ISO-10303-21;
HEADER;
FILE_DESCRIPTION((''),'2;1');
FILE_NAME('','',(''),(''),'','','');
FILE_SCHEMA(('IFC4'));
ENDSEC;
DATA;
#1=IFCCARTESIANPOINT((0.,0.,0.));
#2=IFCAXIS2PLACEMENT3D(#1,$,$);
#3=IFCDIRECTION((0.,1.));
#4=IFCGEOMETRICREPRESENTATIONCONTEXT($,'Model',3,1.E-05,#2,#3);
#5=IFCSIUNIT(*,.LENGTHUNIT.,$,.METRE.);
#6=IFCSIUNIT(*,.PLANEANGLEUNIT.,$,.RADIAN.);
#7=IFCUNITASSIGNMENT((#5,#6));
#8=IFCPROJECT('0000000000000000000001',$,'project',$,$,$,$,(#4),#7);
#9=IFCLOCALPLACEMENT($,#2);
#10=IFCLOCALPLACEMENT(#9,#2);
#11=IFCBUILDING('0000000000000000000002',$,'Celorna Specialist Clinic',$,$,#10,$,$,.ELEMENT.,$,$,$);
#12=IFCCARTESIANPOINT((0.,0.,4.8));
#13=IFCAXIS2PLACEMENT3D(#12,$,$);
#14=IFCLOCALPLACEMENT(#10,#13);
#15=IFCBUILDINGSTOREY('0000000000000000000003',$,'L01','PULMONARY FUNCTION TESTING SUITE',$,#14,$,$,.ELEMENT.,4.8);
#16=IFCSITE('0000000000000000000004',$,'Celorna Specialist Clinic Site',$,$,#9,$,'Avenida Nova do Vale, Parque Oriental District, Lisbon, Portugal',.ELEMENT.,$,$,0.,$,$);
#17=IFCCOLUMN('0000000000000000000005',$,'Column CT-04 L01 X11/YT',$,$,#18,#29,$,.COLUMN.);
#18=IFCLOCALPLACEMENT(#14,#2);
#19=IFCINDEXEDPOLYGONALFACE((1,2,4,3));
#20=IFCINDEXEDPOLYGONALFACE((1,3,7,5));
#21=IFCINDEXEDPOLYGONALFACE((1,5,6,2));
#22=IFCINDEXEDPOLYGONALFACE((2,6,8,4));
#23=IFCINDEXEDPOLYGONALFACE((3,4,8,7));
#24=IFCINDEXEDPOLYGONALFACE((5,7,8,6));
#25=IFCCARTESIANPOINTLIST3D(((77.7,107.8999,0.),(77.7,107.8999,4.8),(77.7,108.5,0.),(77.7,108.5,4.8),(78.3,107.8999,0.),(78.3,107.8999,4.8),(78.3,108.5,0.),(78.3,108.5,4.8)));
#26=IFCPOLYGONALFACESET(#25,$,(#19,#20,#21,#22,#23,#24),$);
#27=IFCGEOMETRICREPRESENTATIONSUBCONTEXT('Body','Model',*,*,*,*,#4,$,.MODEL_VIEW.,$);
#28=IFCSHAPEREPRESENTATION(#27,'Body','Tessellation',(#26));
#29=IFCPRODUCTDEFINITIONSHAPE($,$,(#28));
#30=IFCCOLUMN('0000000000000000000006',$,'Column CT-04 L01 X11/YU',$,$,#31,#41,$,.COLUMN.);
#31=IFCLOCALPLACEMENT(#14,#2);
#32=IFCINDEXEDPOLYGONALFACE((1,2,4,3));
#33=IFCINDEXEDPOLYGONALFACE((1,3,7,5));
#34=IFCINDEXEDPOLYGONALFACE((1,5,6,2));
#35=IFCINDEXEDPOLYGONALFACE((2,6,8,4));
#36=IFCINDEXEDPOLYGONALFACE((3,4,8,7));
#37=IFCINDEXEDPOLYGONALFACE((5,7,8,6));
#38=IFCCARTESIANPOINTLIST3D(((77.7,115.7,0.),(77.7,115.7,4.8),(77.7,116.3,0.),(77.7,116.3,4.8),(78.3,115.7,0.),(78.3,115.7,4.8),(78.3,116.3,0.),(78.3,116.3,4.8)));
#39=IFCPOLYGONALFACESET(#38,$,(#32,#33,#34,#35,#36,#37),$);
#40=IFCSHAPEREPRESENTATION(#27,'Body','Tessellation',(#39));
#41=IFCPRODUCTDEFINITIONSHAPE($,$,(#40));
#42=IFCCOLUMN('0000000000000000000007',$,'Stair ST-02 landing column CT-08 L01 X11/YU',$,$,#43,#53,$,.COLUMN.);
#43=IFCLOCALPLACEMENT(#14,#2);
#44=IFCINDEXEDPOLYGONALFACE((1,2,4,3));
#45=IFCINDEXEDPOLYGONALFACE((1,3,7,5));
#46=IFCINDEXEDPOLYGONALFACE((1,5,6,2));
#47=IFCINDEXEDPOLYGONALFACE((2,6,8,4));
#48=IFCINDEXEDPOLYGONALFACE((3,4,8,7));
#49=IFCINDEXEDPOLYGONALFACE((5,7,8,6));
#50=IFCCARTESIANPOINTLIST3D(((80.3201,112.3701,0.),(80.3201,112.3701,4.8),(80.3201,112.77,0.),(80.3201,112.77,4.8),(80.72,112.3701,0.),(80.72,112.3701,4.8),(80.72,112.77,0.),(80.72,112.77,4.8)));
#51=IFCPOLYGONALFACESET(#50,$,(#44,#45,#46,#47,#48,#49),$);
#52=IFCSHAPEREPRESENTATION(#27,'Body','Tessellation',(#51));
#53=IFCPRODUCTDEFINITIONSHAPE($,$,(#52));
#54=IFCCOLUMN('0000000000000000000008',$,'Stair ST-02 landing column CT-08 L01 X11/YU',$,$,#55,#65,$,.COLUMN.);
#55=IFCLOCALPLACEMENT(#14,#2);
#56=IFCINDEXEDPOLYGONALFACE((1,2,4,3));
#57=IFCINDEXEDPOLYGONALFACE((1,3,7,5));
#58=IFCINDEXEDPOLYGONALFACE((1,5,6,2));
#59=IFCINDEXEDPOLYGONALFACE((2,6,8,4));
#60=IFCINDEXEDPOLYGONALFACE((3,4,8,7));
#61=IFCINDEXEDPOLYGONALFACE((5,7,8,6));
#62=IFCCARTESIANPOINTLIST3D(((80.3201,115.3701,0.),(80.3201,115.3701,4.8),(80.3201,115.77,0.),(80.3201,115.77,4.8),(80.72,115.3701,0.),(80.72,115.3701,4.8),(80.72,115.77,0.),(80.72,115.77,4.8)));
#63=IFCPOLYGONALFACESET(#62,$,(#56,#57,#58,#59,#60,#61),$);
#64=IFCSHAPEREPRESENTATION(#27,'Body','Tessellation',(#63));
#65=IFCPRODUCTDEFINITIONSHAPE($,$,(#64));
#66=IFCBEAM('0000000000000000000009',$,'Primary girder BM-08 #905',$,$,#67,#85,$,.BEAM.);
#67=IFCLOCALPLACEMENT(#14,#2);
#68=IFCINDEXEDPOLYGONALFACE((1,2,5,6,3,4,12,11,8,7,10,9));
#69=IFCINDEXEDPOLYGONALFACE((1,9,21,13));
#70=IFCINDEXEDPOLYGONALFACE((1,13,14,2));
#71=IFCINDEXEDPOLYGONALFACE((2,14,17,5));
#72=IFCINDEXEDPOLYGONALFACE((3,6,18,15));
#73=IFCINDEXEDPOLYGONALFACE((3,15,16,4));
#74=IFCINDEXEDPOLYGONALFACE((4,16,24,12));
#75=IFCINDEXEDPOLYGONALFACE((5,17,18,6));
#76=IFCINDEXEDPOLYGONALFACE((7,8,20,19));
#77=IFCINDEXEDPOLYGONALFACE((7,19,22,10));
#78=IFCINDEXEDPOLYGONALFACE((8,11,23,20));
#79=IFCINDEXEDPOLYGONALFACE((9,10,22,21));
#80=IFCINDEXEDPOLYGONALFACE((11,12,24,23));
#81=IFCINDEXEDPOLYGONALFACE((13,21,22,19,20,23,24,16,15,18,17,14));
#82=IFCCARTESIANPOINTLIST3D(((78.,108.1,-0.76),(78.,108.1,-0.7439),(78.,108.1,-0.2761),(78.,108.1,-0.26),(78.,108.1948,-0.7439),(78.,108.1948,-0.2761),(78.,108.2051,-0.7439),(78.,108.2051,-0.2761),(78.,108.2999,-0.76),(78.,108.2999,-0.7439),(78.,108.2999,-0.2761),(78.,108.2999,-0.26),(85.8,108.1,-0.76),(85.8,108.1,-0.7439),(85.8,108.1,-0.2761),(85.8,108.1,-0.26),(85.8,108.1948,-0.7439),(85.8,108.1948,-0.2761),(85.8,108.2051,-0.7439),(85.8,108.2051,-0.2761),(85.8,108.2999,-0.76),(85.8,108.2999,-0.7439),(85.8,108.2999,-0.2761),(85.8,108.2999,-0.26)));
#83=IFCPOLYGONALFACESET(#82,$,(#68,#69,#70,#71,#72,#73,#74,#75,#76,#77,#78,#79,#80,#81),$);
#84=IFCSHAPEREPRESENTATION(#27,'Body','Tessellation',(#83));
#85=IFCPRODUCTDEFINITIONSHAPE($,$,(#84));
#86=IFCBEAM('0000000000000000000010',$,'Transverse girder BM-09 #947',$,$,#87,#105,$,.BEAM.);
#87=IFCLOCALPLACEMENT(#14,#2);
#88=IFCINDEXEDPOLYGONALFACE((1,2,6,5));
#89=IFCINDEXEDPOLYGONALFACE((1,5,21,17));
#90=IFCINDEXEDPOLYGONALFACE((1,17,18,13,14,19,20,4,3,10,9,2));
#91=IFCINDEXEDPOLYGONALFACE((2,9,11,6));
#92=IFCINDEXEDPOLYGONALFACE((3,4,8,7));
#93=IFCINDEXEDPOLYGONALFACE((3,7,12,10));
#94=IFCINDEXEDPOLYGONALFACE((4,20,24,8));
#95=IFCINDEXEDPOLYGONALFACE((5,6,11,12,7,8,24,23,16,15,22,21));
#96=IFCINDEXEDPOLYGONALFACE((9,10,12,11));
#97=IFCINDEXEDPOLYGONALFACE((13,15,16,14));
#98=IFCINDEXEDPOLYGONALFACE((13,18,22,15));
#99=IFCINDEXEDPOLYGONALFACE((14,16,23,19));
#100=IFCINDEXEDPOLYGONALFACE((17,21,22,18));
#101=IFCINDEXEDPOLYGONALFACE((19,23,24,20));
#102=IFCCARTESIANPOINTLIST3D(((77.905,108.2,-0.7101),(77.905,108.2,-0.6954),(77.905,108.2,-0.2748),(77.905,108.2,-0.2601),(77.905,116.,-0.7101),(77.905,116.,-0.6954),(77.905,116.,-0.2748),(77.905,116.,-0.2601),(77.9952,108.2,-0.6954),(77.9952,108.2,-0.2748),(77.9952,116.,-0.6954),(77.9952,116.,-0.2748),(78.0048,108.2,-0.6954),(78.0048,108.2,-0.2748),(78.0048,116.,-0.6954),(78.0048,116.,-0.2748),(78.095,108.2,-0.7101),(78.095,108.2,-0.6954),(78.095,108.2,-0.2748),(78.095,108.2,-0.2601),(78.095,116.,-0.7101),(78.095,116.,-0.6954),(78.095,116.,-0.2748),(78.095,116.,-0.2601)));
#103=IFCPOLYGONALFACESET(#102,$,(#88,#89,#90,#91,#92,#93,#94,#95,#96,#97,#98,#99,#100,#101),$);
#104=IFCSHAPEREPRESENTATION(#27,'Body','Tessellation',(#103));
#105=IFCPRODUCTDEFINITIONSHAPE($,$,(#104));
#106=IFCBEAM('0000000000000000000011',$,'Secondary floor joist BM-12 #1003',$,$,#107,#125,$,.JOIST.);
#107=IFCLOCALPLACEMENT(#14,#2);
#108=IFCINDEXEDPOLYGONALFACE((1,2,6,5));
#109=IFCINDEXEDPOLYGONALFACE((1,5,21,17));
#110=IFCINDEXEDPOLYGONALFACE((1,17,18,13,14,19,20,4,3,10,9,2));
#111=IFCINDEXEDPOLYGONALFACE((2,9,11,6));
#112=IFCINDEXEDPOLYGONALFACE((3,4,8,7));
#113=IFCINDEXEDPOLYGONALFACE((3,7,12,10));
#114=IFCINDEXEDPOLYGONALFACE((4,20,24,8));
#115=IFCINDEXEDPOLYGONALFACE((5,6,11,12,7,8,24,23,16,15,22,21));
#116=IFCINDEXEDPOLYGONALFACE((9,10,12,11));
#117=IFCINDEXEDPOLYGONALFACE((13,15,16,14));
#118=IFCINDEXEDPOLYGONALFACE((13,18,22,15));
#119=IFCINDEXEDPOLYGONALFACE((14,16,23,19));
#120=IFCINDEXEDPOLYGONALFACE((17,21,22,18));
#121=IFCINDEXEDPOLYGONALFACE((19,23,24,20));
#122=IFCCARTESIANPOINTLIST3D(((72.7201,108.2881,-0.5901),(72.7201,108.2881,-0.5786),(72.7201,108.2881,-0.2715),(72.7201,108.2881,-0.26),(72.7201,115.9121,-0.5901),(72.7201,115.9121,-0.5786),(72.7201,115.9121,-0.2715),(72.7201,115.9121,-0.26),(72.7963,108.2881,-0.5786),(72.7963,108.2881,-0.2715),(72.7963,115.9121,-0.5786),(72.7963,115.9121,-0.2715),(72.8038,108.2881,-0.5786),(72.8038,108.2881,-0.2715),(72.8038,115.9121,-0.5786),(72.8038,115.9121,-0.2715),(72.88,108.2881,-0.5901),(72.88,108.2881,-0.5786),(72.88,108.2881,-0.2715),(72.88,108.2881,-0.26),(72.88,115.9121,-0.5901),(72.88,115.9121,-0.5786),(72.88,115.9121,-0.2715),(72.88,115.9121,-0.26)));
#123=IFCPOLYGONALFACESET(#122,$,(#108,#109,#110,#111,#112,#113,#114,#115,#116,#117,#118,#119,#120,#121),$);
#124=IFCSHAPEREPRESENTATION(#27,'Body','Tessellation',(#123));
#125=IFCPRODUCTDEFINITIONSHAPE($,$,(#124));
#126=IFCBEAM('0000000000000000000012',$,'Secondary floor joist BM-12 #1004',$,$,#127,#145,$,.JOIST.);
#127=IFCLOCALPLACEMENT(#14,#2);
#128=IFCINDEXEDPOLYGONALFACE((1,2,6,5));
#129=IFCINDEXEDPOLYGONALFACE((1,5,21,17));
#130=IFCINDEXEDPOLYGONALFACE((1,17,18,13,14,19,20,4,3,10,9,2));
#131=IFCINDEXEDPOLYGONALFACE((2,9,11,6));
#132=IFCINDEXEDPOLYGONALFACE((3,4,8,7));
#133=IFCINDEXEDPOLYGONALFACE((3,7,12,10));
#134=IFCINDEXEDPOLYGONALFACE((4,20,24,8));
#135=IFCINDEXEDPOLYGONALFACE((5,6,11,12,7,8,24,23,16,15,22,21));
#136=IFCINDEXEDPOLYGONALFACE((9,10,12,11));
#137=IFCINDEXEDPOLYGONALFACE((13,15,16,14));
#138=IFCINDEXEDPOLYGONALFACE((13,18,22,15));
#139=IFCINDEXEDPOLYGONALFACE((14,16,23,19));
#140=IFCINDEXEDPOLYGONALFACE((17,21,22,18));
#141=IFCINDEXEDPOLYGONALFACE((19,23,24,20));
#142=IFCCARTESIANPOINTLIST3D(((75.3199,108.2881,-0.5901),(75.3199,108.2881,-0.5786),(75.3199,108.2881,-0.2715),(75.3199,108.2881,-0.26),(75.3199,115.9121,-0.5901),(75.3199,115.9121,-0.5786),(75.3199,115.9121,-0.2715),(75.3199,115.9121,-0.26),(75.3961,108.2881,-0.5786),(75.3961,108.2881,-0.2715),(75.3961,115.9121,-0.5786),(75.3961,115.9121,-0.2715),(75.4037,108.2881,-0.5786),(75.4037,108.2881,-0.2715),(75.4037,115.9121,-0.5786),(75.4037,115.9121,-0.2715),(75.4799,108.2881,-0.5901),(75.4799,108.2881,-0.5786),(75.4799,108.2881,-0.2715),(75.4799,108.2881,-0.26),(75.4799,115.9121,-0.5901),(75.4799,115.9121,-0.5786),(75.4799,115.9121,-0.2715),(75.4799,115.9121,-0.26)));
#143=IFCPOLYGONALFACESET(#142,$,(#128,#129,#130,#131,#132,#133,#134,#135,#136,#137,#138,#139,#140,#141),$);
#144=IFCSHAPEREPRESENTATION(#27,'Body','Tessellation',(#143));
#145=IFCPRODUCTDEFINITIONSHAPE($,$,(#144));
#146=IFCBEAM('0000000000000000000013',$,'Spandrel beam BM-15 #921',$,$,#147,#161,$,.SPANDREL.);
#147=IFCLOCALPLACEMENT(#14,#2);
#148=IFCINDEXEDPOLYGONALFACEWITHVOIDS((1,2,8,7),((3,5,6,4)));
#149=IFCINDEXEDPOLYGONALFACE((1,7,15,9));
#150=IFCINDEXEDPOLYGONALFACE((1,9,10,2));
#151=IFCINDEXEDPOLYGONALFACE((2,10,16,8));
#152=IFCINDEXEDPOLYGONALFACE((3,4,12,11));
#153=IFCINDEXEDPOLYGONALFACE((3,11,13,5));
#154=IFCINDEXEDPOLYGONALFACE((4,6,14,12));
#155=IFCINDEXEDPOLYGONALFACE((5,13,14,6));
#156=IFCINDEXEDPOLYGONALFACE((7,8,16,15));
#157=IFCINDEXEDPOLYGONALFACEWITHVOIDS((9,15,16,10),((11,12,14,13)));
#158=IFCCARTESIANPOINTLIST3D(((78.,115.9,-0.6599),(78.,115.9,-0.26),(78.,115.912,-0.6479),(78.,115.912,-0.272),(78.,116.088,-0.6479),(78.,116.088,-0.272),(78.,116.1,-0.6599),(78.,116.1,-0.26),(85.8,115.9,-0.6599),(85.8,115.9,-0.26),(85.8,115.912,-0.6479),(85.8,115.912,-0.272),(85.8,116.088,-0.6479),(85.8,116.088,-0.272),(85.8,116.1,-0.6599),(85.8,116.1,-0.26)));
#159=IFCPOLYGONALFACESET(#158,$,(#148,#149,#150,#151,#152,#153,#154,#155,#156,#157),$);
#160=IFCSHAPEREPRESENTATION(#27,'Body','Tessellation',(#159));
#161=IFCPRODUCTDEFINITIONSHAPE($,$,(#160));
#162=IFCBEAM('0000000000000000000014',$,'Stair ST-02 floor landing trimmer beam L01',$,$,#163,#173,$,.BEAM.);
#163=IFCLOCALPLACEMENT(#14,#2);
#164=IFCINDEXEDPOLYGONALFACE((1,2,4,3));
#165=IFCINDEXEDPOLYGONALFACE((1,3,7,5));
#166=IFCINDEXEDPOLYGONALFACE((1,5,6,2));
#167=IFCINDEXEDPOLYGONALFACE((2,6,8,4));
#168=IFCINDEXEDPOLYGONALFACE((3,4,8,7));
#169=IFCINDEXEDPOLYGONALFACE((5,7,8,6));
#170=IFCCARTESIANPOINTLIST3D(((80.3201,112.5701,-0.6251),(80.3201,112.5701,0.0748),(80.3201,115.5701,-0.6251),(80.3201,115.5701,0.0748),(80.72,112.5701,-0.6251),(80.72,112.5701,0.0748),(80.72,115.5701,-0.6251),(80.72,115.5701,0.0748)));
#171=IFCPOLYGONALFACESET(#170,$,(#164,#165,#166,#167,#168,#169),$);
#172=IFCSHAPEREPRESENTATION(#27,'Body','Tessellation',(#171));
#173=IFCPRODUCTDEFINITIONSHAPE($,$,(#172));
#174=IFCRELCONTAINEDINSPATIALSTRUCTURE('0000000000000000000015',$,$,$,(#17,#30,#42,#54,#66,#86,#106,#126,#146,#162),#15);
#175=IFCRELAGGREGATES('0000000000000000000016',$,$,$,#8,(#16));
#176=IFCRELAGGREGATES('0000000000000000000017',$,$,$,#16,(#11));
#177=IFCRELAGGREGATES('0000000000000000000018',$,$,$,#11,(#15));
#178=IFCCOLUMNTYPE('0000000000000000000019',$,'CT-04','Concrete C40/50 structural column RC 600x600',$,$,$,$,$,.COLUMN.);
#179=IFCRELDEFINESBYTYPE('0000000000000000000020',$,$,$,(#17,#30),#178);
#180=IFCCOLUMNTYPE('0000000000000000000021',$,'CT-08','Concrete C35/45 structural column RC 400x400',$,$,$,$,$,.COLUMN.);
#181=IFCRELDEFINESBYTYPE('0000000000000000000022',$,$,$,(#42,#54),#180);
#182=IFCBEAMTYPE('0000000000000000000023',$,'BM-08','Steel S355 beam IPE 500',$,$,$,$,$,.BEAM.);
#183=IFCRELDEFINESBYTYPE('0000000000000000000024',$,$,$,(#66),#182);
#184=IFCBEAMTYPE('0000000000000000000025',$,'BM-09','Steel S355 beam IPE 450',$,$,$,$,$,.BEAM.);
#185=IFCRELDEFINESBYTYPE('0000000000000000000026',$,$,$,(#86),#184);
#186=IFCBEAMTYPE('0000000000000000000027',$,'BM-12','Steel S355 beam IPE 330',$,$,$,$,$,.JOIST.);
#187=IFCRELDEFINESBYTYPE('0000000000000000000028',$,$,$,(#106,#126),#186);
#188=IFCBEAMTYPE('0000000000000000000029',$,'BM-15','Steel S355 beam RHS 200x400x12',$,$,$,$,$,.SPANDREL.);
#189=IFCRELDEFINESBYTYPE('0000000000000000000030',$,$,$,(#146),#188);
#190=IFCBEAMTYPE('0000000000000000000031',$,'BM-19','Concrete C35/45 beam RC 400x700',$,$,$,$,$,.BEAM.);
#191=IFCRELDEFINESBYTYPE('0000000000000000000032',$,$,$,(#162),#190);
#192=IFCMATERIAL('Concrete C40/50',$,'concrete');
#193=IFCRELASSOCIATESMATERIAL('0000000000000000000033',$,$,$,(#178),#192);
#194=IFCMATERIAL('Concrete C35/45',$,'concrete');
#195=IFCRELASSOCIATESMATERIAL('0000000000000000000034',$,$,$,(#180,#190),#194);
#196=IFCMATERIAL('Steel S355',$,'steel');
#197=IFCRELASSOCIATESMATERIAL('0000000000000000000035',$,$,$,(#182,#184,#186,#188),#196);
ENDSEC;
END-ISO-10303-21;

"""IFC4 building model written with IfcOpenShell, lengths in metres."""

from ifc_helpers import new_model, si_unit, direction, frame, origin, origin_2d, place, context, subcontext, project, spatial, rectangle, hollow_rectangle, i_section, extrude, material, material_profile, profile_set, type_object, element, save


model = new_model("IFC4")

# Units and contexts
model_context = context("Model", 3, precision=1e-05, world=origin(), true_north=direction((0.0, 1.0)))
body_context = subcontext(model_context, "Body", "Model", "MODEL_VIEW")
ifc_project = project(units=[si_unit("LENGTHUNIT", "METRE"), si_unit("PLANEANGLEUNIT", "RADIAN")], contexts=[model_context])

# Site, building, storey
site_placement = place(None, origin())
site = spatial("IfcSite", under=ifc_project, at=site_placement, Name="Celorna Specialist Clinic Site", LongName="Avenida Nova do Vale, Parque Oriental District, Lisbon, Portugal", CompositionType="ELEMENT", RefElevation=0.0)
building_placement = place(site_placement, origin())
building = spatial("IfcBuilding", under=site, at=building_placement, Name="Celorna Specialist Clinic", CompositionType="ELEMENT")
storey_placement = place(building_placement, frame((0.0, 0.0, 4.8)))
storey = spatial("IfcBuildingStorey", under=building, at=storey_placement, Name="L01", Description="PULMONARY FUNCTION TESTING SUITE", CompositionType="ELEMENT", Elevation=4.8)

# Columns
ifc_material_1 = material(Name="Concrete C40/50", Category="concrete")
ifc_material_profile_1 = material_profile(ifc_material_1, rectangle(XDim=0.6001, YDim=0.6001, at=origin_2d()), Name="RC 600x600")
ifc_profile_set_1 = profile_set([ifc_material_profile_1], Name="Concrete C40/50")
column_type_1 = type_object("IfcColumnType", Name="CT-04", Description="Concrete C40/50 structural column RC 600x600", PredefinedType="COLUMN", material=ifc_profile_set_1)
for number, where, z_axis, x_axis, name in (
    (1, (78.0, 108.2, 0.0), (0.0, 0.0, 1.0), (1.0, 0.0, 0.0), "Column CT-04 L01 X11/YT"),
    (2, (78.0, 116.0, 0.0), (0.0, 0.0, 1.0), (1.0, 0.0, 0.0), "Column CT-04 L01 X11/YU"),
):
    element("IfcColumn", number, at=place(storey_placement, frame(where, z_axis=z_axis, x_axis=x_axis)), inside=storey, type_object=column_type_1, Name=name, PredefinedType="COLUMN", context=body_context, shape_type="SweptSolid", body=[
        extrude(rectangle(XDim=0.6001, YDim=0.6001, at=origin_2d()), origin(), (0.0, 0.0, 1.0), 4.8),
    ])
ifc_material_2 = material(Name="Concrete C35/45", Category="concrete")
ifc_material_profile_2 = material_profile(ifc_material_2, rectangle(XDim=0.3999, YDim=0.3999, at=origin_2d()), Name="RC 400x400")
ifc_profile_set_2 = profile_set([ifc_material_profile_2], Name="Concrete C35/45")
column_type_2 = type_object("IfcColumnType", Name="CT-08", Description="Concrete C35/45 structural column RC 400x400", PredefinedType="COLUMN", material=ifc_profile_set_2)
for number, where, z_axis, x_axis, name in (
    (3, (80.52, 112.5701, 0.0), (0.0, 0.0, 1.0), (1.0, 0.0, 0.0), "Stair ST-02 landing column CT-08 L01 X11/YU"),
    (4, (80.52, 115.5701, 0.0), (0.0, 0.0, 1.0), (1.0, 0.0, 0.0), "Stair ST-02 landing column CT-08 L01 X11/YU"),
):
    element("IfcColumn", number, at=place(storey_placement, frame(where, z_axis=z_axis, x_axis=x_axis)), inside=storey, type_object=column_type_2, Name=name, PredefinedType="COLUMN", context=body_context, shape_type="SweptSolid", body=[
        extrude(rectangle(XDim=0.3999, YDim=0.3999, at=origin_2d()), origin(), (0.0, 0.0, 1.0), 4.8),
    ])

# Beams
ifc_material_3 = material(Name="Steel S355", Category="steel")
ifc_material_profile_3 = material_profile(ifc_material_3, i_section(OverallWidth=0.2, OverallDepth=0.5, WebThickness=0.0103, FlangeThickness=0.0161, at=origin_2d()), Name="IPE 500")
ifc_profile_set_3 = profile_set([ifc_material_profile_3], Name="Steel S355")
beam_type_1 = type_object("IfcBeamType", Name="BM-08", Description="Steel S355 beam IPE 500", PredefinedType="BEAM", material=ifc_profile_set_3)
beam_1_placement = place(storey_placement, frame((78.0, 108.2, -0.51), z_axis=(1.0, 0.0, 0.0), x_axis=(0.0, 1.0, 0.0)))
element("IfcBeam", 5, at=beam_1_placement, inside=storey, type_object=beam_type_1, Name="Primary girder BM-08 #905", PredefinedType="BEAM", context=body_context, shape_type="SweptSolid", body=[
    extrude(i_section(OverallWidth=0.2, OverallDepth=0.5, WebThickness=0.0103, FlangeThickness=0.0161, at=origin_2d()), origin(), (0.0, 0.0, 1.0), 7.8),
])
ifc_material_profile_4 = material_profile(ifc_material_3, i_section(OverallWidth=0.1899, OverallDepth=0.45, WebThickness=0.0095, FlangeThickness=0.0146, at=origin_2d()), Name="IPE 450")
ifc_profile_set_4 = profile_set([ifc_material_profile_4], Name="Steel S355")
beam_type_2 = type_object("IfcBeamType", Name="BM-09", Description="Steel S355 beam IPE 450", PredefinedType="BEAM", material=ifc_profile_set_4)
beam_2_placement = place(storey_placement, frame((78.0, 108.2, -0.4851), z_axis=(0.0, 1.0, 0.0), x_axis=(-1.0, 0.0, 0.0)))
element("IfcBeam", 6, at=beam_2_placement, inside=storey, type_object=beam_type_2, Name="Transverse girder BM-09 #947", PredefinedType="BEAM", context=body_context, shape_type="SweptSolid", body=[
    extrude(i_section(OverallWidth=0.1899, OverallDepth=0.45, WebThickness=0.0095, FlangeThickness=0.0146, at=origin_2d()), origin(), (0.0, 0.0, 1.0), 7.8),
])
ifc_material_profile_5 = material_profile(ifc_material_3, i_section(OverallWidth=0.1599, OverallDepth=0.3301, WebThickness=0.0076, FlangeThickness=0.0115, at=origin_2d()), Name="IPE 330")
ifc_profile_set_5 = profile_set([ifc_material_profile_5], Name="Steel S355")
beam_type_3 = type_object("IfcBeamType", Name="BM-12", Description="Steel S355 beam IPE 330", PredefinedType="JOIST", material=ifc_profile_set_5)
for number, where, z_axis, x_axis, name in (
    (7, (72.8, 108.2881, -0.425), (0.0, 1.0, 0.0), (-1.0, 0.0, 0.0), "Secondary floor joist BM-12 #1003"),
    (8, (75.3999, 108.2881, -0.425), (0.0, 1.0, 0.0), (-1.0, 0.0, 0.0), "Secondary floor joist BM-12 #1004"),
):
    element("IfcBeam", number, at=place(storey_placement, frame(where, z_axis=z_axis, x_axis=x_axis)), inside=storey, type_object=beam_type_3, Name=name, PredefinedType="JOIST", context=body_context, shape_type="SweptSolid", body=[
        extrude(i_section(OverallWidth=0.1599, OverallDepth=0.3301, WebThickness=0.0076, FlangeThickness=0.0115, at=origin_2d()), origin(), (0.0, 0.0, 1.0), 7.624),
    ])
ifc_material_profile_6 = material_profile(ifc_material_3, hollow_rectangle(XDim=0.2, YDim=0.3999, WallThickness=0.012, at=origin_2d()), Name="RHS 200x400x12")
ifc_profile_set_6 = profile_set([ifc_material_profile_6], Name="Steel S355")
beam_type_4 = type_object("IfcBeamType", Name="BM-15", Description="Steel S355 beam RHS 200x400x12", PredefinedType="SPANDREL", material=ifc_profile_set_6)
beam_3_placement = place(storey_placement, frame((78.0, 116.0, -0.46), z_axis=(1.0, 0.0, 0.0), x_axis=(0.0, 1.0, 0.0)))
element("IfcBeam", 9, at=beam_3_placement, inside=storey, type_object=beam_type_4, Name="Spandrel beam BM-15 #921", PredefinedType="SPANDREL", context=body_context, shape_type="SweptSolid", body=[
    extrude(hollow_rectangle(XDim=0.2, YDim=0.3999, WallThickness=0.012, at=origin_2d()), origin(), (0.0, 0.0, 1.0), 7.8),
])
ifc_material_profile_7 = material_profile(ifc_material_2, rectangle(XDim=0.3999, YDim=0.7, at=origin_2d()), Name="RC 400x700")
ifc_profile_set_7 = profile_set([ifc_material_profile_7], Name="Concrete C35/45")
beam_type_5 = type_object("IfcBeamType", Name="BM-19", Description="Concrete C35/45 beam RC 400x700", PredefinedType="BEAM", material=ifc_profile_set_7)
beam_4_placement = place(storey_placement, frame((80.52, 112.5701, -0.2751), z_axis=(0.0, 1.0, 0.0), x_axis=(-1.0, 0.0, 0.0)))
element("IfcBeam", 10, at=beam_4_placement, inside=storey, type_object=beam_type_5, Name="Stair ST-02 floor landing trimmer beam L01", PredefinedType="BEAM", context=body_context, shape_type="SweptSolid", body=[
    extrude(rectangle(XDim=0.3999, YDim=0.7, at=origin_2d()), origin(), (0.0, 0.0, 1.0), 3.0),
])

save(model, "model.ifc")
